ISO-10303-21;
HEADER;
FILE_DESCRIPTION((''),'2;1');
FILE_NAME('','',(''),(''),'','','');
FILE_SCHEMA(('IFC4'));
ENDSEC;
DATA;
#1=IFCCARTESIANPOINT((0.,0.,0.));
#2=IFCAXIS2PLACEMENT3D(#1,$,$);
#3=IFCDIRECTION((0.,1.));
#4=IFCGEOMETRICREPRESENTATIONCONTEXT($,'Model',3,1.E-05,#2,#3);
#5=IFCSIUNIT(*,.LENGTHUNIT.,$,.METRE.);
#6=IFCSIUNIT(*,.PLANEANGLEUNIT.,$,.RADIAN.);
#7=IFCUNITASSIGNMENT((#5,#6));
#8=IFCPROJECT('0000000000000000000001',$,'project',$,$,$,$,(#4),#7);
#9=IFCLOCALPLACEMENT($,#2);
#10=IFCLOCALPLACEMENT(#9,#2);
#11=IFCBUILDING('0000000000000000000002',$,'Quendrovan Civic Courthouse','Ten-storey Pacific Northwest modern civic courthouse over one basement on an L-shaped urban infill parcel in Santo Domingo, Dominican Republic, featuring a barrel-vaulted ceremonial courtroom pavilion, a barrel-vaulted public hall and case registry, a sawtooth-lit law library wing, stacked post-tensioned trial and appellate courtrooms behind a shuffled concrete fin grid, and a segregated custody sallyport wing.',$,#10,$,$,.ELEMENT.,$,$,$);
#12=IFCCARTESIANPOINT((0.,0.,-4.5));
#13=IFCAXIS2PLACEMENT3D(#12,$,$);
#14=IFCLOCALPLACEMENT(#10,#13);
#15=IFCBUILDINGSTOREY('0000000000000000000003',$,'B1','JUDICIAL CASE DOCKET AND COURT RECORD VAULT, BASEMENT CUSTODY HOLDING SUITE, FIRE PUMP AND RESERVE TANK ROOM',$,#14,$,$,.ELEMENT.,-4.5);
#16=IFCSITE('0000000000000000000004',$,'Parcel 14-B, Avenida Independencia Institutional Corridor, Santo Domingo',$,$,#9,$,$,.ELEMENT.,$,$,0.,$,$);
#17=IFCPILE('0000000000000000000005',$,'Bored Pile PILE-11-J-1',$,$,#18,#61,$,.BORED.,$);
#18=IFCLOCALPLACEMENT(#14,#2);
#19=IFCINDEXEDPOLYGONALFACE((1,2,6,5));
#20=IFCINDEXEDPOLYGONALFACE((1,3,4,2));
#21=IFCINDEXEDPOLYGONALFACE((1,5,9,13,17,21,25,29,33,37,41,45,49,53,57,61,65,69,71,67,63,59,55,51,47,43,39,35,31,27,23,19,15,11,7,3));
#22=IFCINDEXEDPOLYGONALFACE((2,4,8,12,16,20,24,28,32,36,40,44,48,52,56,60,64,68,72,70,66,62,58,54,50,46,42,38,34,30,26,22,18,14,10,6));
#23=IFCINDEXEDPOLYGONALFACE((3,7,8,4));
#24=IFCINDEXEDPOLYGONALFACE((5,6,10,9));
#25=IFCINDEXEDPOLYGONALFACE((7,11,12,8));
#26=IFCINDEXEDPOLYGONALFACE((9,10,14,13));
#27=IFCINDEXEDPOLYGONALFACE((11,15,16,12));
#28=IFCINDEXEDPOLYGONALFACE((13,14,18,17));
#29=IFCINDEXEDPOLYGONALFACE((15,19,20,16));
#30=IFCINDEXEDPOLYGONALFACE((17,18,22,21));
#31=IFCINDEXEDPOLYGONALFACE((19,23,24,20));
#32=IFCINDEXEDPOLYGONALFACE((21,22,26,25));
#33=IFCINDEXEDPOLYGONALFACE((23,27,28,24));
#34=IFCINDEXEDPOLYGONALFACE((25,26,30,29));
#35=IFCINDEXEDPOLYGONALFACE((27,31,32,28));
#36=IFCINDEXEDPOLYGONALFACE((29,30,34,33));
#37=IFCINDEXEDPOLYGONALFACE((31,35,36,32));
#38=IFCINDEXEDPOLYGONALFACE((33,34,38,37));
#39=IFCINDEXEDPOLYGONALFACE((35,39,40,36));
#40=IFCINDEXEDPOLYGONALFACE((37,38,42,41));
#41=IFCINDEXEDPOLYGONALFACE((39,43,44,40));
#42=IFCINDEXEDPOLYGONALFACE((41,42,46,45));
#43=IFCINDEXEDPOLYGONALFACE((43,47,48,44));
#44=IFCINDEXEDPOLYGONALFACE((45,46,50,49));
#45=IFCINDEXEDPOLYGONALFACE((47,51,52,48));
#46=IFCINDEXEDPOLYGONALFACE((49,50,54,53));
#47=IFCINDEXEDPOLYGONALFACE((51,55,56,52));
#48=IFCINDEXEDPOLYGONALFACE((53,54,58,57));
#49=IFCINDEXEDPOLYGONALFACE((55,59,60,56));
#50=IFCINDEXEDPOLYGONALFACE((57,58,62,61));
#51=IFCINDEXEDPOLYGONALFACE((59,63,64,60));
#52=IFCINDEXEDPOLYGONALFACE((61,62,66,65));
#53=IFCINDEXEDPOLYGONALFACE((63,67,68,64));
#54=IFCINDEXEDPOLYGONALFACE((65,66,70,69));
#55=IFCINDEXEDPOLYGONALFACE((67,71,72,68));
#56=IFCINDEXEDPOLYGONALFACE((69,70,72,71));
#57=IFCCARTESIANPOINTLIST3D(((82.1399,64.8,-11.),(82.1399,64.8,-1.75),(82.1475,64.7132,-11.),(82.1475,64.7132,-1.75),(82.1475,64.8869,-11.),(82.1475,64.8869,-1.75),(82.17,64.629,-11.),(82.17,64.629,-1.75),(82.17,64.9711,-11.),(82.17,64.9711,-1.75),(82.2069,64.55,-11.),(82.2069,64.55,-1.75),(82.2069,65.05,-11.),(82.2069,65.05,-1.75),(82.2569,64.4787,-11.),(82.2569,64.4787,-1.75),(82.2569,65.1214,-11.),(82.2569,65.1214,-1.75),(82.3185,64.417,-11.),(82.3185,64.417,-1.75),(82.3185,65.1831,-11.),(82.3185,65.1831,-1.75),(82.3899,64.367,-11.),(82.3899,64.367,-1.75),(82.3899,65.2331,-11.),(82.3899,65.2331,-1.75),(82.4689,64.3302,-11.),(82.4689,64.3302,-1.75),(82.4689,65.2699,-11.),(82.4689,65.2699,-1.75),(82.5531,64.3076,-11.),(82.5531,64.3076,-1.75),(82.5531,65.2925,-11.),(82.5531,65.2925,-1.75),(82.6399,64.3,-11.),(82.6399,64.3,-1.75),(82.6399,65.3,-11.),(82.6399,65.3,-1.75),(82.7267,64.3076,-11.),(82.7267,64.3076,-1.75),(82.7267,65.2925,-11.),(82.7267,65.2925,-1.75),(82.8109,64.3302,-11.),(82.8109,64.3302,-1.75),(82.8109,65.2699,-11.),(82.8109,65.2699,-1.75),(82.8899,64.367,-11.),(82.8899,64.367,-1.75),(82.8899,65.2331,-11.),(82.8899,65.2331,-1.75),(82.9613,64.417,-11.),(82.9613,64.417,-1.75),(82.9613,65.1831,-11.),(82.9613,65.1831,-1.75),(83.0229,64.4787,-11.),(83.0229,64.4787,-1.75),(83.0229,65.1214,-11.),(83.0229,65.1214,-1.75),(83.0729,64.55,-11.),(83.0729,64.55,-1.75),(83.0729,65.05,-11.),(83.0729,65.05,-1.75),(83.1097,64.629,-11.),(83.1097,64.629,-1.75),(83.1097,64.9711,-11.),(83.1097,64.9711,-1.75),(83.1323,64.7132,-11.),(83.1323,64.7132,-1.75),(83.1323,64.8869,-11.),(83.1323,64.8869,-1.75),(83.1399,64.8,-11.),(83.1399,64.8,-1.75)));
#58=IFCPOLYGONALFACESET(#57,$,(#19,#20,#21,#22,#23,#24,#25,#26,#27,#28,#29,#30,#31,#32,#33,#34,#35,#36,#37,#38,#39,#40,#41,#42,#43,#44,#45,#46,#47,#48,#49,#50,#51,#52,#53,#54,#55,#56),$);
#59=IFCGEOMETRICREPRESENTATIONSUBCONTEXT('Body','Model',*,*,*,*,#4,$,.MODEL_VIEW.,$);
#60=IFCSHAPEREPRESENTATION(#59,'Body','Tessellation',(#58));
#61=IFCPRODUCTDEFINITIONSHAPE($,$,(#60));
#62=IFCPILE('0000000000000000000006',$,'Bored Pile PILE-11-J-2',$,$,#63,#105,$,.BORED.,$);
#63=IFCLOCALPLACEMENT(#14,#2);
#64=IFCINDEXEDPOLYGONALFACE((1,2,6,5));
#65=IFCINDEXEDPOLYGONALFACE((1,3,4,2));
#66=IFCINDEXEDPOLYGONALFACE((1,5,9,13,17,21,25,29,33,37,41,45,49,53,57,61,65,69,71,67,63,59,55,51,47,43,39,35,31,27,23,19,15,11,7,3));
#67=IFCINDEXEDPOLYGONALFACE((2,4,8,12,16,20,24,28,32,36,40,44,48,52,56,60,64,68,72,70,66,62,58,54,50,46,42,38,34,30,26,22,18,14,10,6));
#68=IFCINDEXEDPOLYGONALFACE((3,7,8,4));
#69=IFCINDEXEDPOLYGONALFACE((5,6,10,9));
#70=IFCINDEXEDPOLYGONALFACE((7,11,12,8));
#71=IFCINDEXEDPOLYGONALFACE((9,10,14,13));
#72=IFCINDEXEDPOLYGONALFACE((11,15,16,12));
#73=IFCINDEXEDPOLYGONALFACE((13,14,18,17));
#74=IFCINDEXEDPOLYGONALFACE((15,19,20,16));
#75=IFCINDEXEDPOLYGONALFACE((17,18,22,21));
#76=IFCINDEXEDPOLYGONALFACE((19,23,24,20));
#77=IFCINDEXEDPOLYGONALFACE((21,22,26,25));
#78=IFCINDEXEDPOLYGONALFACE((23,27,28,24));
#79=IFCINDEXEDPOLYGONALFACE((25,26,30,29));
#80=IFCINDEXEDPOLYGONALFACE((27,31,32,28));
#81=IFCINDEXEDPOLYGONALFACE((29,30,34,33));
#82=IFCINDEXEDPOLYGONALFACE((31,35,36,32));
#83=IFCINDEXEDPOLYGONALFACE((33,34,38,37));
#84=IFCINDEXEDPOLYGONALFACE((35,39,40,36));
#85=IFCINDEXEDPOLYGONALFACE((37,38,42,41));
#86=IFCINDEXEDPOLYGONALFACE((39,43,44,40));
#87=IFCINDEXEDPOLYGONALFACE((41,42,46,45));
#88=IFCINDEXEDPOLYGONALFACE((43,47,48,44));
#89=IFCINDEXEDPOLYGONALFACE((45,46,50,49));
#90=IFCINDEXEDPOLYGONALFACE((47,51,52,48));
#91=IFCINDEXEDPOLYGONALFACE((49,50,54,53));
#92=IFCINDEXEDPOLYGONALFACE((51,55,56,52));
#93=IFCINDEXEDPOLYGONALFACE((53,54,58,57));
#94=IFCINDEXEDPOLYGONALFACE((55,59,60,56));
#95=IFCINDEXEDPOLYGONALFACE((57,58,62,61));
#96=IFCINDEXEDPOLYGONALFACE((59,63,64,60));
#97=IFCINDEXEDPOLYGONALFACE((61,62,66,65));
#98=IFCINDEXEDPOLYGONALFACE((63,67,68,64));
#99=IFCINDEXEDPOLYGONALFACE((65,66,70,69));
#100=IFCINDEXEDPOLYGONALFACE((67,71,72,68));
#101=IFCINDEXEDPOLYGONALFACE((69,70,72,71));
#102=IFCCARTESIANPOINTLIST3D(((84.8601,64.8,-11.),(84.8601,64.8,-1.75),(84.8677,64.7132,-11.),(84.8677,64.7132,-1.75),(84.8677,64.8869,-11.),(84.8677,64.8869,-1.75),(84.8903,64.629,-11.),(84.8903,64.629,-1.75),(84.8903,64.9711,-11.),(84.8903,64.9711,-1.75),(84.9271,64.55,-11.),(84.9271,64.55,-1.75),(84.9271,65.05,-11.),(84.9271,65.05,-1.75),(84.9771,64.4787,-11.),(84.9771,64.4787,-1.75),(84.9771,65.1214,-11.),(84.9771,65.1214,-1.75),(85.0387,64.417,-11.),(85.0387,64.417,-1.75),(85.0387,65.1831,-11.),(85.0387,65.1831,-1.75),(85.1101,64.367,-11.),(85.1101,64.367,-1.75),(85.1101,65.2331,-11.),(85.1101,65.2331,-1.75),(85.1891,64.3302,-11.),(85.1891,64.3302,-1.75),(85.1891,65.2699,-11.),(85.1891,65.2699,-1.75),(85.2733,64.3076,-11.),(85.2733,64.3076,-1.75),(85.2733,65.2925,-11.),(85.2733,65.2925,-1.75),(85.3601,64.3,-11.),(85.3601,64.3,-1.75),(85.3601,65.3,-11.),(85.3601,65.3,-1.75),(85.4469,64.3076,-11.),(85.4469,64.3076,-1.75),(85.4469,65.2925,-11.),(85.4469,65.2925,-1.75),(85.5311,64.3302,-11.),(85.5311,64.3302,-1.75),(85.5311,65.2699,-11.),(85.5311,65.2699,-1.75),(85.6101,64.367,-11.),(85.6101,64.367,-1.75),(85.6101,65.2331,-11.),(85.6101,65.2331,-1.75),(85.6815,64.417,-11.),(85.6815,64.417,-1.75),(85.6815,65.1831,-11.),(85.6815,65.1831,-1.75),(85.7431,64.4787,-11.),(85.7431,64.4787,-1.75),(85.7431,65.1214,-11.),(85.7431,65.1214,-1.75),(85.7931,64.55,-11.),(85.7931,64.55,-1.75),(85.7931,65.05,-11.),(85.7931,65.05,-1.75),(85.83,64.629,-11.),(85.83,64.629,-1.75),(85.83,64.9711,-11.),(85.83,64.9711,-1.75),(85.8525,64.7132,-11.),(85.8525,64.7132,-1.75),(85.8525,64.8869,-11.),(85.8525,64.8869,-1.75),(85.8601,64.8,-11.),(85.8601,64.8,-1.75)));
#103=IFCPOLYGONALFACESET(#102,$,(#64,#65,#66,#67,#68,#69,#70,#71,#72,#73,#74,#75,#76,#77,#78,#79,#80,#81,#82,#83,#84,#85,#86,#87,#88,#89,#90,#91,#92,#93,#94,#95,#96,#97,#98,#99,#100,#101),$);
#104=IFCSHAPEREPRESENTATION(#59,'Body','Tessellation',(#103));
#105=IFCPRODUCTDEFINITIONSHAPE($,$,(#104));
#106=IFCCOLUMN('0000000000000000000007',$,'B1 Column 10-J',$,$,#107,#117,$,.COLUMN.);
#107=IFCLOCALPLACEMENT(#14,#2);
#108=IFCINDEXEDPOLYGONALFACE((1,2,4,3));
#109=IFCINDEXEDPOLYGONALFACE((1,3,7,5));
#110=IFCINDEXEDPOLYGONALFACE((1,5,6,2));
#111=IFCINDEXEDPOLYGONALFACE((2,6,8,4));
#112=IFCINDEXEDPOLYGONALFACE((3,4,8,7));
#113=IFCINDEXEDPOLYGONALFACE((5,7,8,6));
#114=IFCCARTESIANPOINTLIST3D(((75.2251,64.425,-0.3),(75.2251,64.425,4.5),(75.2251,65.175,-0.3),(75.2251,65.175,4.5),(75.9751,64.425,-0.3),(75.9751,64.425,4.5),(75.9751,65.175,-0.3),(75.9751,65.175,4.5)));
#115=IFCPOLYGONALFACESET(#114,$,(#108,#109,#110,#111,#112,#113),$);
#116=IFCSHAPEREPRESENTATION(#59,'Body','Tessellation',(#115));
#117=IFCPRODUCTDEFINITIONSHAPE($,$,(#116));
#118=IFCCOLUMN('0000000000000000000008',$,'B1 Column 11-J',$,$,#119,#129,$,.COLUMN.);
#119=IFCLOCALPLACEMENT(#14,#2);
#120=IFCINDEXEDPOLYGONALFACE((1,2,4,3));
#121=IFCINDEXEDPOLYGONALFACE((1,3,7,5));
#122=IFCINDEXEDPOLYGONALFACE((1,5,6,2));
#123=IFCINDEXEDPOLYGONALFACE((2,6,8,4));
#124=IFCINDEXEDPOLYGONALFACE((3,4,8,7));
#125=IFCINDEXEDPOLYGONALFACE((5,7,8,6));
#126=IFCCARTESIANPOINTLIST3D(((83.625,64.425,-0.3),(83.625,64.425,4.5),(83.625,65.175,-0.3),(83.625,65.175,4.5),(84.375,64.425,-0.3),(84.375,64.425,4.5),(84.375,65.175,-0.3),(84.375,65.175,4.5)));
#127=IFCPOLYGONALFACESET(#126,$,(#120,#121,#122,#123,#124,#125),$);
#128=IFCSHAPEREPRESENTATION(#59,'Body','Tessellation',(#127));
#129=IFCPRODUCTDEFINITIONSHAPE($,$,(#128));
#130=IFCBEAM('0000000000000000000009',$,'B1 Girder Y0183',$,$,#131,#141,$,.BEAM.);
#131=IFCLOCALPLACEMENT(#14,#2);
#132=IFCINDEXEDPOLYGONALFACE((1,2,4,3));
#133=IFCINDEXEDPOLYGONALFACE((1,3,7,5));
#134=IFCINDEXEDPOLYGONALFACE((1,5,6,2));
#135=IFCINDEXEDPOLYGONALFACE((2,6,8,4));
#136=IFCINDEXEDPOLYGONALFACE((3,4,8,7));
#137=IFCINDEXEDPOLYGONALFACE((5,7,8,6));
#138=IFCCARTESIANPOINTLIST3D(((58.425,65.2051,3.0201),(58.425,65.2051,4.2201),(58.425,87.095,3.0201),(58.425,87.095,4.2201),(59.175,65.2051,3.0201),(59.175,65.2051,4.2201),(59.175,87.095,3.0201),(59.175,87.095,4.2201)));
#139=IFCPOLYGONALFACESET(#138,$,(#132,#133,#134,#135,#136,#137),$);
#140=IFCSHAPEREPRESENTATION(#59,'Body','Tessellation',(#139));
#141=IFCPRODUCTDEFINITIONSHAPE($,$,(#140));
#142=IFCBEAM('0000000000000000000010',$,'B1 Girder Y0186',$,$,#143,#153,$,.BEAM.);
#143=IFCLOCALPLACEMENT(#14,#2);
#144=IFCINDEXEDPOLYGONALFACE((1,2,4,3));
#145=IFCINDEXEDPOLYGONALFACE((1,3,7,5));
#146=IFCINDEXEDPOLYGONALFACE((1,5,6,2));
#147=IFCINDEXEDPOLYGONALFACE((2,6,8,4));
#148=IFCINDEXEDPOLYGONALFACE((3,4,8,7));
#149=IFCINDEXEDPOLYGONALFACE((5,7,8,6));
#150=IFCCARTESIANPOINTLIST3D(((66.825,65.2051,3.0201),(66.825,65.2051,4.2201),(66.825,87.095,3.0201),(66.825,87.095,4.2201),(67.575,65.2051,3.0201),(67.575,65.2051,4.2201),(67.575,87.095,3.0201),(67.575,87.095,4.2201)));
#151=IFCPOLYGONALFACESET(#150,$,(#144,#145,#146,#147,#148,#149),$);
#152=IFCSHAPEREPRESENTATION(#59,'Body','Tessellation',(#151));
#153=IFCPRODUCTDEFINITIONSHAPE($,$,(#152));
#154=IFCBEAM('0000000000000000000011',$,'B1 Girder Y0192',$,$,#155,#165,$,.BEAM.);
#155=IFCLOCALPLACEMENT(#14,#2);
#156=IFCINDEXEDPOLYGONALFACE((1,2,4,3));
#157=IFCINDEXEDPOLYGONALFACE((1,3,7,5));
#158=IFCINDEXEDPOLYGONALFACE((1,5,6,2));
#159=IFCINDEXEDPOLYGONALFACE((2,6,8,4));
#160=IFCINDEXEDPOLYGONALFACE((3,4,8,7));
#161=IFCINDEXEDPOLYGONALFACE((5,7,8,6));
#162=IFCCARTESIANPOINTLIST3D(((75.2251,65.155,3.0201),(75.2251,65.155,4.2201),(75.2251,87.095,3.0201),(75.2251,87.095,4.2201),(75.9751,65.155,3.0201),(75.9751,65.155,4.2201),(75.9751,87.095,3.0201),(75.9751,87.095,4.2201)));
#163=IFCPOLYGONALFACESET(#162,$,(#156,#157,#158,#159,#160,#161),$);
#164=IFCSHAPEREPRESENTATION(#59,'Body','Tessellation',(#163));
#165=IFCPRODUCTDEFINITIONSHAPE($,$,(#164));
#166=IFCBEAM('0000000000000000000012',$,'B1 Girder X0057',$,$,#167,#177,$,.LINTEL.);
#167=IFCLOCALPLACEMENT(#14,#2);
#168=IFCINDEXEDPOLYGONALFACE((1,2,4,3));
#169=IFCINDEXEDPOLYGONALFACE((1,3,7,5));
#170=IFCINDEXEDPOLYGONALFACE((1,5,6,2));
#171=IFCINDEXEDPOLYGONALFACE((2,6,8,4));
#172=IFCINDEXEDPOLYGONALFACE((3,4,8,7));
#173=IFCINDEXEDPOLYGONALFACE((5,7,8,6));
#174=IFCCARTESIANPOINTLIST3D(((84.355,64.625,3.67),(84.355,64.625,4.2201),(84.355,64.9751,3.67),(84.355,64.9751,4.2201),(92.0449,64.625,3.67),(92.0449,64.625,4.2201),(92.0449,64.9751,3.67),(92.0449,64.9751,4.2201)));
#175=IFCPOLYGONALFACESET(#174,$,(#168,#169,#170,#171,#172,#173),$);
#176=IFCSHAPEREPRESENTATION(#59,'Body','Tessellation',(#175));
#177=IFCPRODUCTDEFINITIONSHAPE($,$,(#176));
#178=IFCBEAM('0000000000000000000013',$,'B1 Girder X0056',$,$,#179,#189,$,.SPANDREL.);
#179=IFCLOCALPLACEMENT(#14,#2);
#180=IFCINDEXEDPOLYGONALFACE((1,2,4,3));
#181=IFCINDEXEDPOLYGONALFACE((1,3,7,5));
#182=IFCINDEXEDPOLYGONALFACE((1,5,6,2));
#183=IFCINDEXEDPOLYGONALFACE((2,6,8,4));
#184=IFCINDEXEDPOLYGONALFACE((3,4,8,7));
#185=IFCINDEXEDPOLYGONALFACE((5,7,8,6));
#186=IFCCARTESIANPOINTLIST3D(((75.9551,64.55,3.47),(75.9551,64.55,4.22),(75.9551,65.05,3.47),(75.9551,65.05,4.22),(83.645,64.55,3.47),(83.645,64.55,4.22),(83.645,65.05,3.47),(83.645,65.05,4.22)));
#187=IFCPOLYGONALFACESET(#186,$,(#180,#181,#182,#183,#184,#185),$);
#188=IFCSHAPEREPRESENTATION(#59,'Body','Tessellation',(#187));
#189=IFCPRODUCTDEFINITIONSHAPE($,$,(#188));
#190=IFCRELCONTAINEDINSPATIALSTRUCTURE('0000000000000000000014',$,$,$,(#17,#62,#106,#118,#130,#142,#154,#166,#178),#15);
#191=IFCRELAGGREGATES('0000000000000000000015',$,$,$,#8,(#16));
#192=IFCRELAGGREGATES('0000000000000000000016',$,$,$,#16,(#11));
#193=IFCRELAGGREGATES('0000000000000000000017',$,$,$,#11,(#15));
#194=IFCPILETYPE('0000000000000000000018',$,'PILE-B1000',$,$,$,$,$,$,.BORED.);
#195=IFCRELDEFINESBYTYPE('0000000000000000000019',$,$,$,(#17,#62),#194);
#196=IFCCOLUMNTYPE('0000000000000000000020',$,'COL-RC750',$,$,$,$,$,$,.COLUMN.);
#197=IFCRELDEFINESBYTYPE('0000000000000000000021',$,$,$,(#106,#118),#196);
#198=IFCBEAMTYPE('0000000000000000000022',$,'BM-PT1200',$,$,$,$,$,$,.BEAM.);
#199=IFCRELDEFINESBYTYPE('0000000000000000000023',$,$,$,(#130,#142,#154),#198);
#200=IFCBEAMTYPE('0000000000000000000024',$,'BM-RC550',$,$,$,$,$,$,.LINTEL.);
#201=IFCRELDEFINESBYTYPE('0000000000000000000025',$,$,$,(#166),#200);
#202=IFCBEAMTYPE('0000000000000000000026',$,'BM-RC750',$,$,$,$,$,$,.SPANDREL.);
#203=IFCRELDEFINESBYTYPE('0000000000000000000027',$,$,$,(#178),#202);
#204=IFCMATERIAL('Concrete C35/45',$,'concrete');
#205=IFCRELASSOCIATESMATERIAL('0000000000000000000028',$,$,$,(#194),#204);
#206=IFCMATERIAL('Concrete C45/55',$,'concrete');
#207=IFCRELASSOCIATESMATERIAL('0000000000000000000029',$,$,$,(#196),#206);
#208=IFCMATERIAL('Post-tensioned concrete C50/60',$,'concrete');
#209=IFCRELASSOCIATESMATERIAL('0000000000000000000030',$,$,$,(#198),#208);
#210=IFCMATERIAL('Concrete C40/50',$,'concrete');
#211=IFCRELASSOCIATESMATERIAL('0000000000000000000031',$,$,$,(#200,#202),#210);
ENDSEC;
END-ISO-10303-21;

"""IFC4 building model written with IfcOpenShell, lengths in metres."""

from ifc_helpers import new_model, si_unit, direction, frame, origin, origin_2d, place, context, subcontext, project, spatial, rectangle, circle, extrude, material, material_profile, profile_set, type_object, element, save


model = new_model("IFC4")

# Units and contexts
model_context = context("Model", 3, precision=1e-05, world=origin(), true_north=direction((0.0, 1.0)))
body_context = subcontext(model_context, "Body", "Model", "MODEL_VIEW")
ifc_project = project(units=[si_unit("LENGTHUNIT", "METRE"), si_unit("PLANEANGLEUNIT", "RADIAN")], contexts=[model_context])

# Site, building, storey
site_placement = place(None, origin())
site = spatial("IfcSite", under=ifc_project, at=site_placement, Name="Parcel 14-B, Avenida Independencia Institutional Corridor, Santo Domingo", CompositionType="ELEMENT", RefElevation=0.0)
building_placement = place(site_placement, origin())
building = spatial("IfcBuilding", under=site, at=building_placement, Name="Quendrovan Civic Courthouse", Description="Ten-storey Pacific Northwest modern civic courthouse over one basement on an L-shaped urban infill parcel in Santo Domingo, Dominican Republic, featuring a barrel-vaulted ceremonial courtroom pavilion, a barrel-vaulted public hall and case registry, a sawtooth-lit law library wing, stacked post-tensioned trial and appellate courtrooms behind a shuffled concrete fin grid, and a segregated custody sallyport wing.", CompositionType="ELEMENT")
storey_placement = place(building_placement, frame((0.0, 0.0, -4.5)))
storey = spatial("IfcBuildingStorey", under=building, at=storey_placement, Name="B1", Description="JUDICIAL CASE DOCKET AND COURT RECORD VAULT, BASEMENT CUSTODY HOLDING SUITE, FIRE PUMP AND RESERVE TANK ROOM", CompositionType="ELEMENT", Elevation=-4.5)

# Shared definitions
ifc_material_1 = material(Name="Concrete C35/45", Category="concrete")

# Piles
ifc_material_profile_1 = material_profile(ifc_material_1, circle(Radius=0.5, at=origin_2d()), Name="PILE-D1000")
ifc_profile_set_1 = profile_set([ifc_material_profile_1], Name="Concrete C35/45")
pile_type = type_object("IfcPileType", Name="PILE-B1000", PredefinedType="BORED", material=ifc_profile_set_1)
for number, where, z_axis, x_axis, name in (
    (1, (82.6399, 64.8, -1.75), (0.0, 0.0, -1.0), (1.0, 0.0, 0.0), "Bored Pile PILE-11-J-1"),
    (2, (85.3601, 64.8, -1.75), (0.0, 0.0, -1.0), (1.0, 0.0, 0.0), "Bored Pile PILE-11-J-2"),
):
    element("IfcPile", number, at=place(storey_placement, frame(where, z_axis=z_axis, x_axis=x_axis)), inside=storey, type_object=pile_type, Name=name, PredefinedType="BORED", context=body_context, shape_type="SweptSolid", body=[
        extrude(circle(Radius=0.5, at=origin_2d()), origin(), (0.0, 0.0, 1.0), 9.25),
    ])

# Columns
ifc_material_2 = material(Name="Concrete C45/55", Category="concrete")
ifc_material_profile_2 = material_profile(ifc_material_2, rectangle(XDim=0.75, YDim=0.75, at=origin_2d()), Name="RC-COL-750x750")
ifc_profile_set_2 = profile_set([ifc_material_profile_2], Name="Concrete C45/55")
column_type = type_object("IfcColumnType", Name="COL-RC750", PredefinedType="COLUMN", material=ifc_profile_set_2)
for number, where, z_axis, x_axis, name in (
    (3, (75.6001, 64.8, -0.3), (0.0, 0.0, 1.0), (1.0, 0.0, 0.0), "B1 Column 10-J"),
    (4, (84.0, 64.8, -0.3), (0.0, 0.0, 1.0), (1.0, 0.0, 0.0), "B1 Column 11-J"),
):
    element("IfcColumn", number, at=place(storey_placement, frame(where, z_axis=z_axis, x_axis=x_axis)), inside=storey, type_object=column_type, Name=name, PredefinedType="COLUMN", context=body_context, shape_type="SweptSolid", body=[
        extrude(rectangle(XDim=0.75, YDim=0.75, at=origin_2d()), origin(), (0.0, 0.0, 1.0), 4.8),
    ])

# Beams
ifc_material_3 = material(Name="Post-tensioned concrete C50/60", Category="concrete")
ifc_material_profile_3 = material_profile(ifc_material_3, rectangle(XDim=0.75, YDim=1.2, at=origin_2d()), Name="PT-GIRD-750x1200")
ifc_profile_set_3 = profile_set([ifc_material_profile_3], Name="Post-tensioned concrete C50/60")
beam_type_1 = type_object("IfcBeamType", Name="BM-PT1200", PredefinedType="BEAM", material=ifc_profile_set_3)
for number, where, z_axis, x_axis, name in (
    (5, (58.8, 65.2051, 3.6201), (0.0, 1.0, 0.0), (-1.0, 0.0, 0.0), "B1 Girder Y0183"),
    (6, (67.2, 65.2051, 3.6201), (0.0, 1.0, 0.0), (-1.0, 0.0, 0.0), "B1 Girder Y0186"),
):
    element("IfcBeam", number, at=place(storey_placement, frame(where, z_axis=z_axis, x_axis=x_axis)), inside=storey, type_object=beam_type_1, Name=name, PredefinedType="BEAM", context=body_context, shape_type="SweptSolid", body=[
        extrude(rectangle(XDim=0.75, YDim=1.2, at=origin_2d()), origin(), (0.0, 0.0, 1.0), 21.8899),
    ])
beam_1_placement = place(storey_placement, frame((75.6001, 65.155, 3.6201), z_axis=(0.0, 1.0, 0.0), x_axis=(-1.0, 0.0, 0.0)))
element("IfcBeam", 7, at=beam_1_placement, inside=storey, type_object=beam_type_1, Name="B1 Girder Y0192", PredefinedType="BEAM", context=body_context, shape_type="SweptSolid", body=[
    extrude(rectangle(XDim=0.75, YDim=1.2, at=origin_2d()), origin(), (0.0, 0.0, 1.0), 21.9399),
])
ifc_material_4 = material(Name="Concrete C40/50", Category="concrete")
ifc_material_profile_4 = material_profile(ifc_material_4, rectangle(XDim=0.3501, YDim=0.55, at=origin_2d()), Name="RC-BM-350x550")
ifc_profile_set_4 = profile_set([ifc_material_profile_4], Name="Concrete C40/50")
beam_type_2 = type_object("IfcBeamType", Name="BM-RC550", PredefinedType="LINTEL", material=ifc_profile_set_4)
beam_2_placement = place(storey_placement, frame((84.355, 64.8, 3.9451), z_axis=(1.0, 0.0, 0.0), x_axis=(0.0, 1.0, 0.0)))
element("IfcBeam", 8, at=beam_2_placement, inside=storey, type_object=beam_type_2, Name="B1 Girder X0057", PredefinedType="LINTEL", context=body_context, shape_type="SweptSolid", body=[
    extrude(rectangle(XDim=0.3501, YDim=0.55, at=origin_2d()), origin(), (0.0, 0.0, 1.0), 7.6899),
])
ifc_material_profile_5 = material_profile(ifc_material_4, rectangle(XDim=0.5, YDim=0.75, at=origin_2d()), Name="RC-BM-500x750")
ifc_profile_set_5 = profile_set([ifc_material_profile_5], Name="Concrete C40/50")
beam_type_3 = type_object("IfcBeamType", Name="BM-RC750", PredefinedType="SPANDREL", material=ifc_profile_set_5)
beam_3_placement = place(storey_placement, frame((75.9551, 64.8, 3.845), z_axis=(1.0, 0.0, 0.0), x_axis=(0.0, 1.0, 0.0)))
element("IfcBeam", 9, at=beam_3_placement, inside=storey, type_object=beam_type_3, Name="B1 Girder X0056", PredefinedType="SPANDREL", context=body_context, shape_type="SweptSolid", body=[
    extrude(rectangle(XDim=0.5, YDim=0.75, at=origin_2d()), origin(), (0.0, 0.0, 1.0), 7.6899),
])

save(model, "model.ifc")
